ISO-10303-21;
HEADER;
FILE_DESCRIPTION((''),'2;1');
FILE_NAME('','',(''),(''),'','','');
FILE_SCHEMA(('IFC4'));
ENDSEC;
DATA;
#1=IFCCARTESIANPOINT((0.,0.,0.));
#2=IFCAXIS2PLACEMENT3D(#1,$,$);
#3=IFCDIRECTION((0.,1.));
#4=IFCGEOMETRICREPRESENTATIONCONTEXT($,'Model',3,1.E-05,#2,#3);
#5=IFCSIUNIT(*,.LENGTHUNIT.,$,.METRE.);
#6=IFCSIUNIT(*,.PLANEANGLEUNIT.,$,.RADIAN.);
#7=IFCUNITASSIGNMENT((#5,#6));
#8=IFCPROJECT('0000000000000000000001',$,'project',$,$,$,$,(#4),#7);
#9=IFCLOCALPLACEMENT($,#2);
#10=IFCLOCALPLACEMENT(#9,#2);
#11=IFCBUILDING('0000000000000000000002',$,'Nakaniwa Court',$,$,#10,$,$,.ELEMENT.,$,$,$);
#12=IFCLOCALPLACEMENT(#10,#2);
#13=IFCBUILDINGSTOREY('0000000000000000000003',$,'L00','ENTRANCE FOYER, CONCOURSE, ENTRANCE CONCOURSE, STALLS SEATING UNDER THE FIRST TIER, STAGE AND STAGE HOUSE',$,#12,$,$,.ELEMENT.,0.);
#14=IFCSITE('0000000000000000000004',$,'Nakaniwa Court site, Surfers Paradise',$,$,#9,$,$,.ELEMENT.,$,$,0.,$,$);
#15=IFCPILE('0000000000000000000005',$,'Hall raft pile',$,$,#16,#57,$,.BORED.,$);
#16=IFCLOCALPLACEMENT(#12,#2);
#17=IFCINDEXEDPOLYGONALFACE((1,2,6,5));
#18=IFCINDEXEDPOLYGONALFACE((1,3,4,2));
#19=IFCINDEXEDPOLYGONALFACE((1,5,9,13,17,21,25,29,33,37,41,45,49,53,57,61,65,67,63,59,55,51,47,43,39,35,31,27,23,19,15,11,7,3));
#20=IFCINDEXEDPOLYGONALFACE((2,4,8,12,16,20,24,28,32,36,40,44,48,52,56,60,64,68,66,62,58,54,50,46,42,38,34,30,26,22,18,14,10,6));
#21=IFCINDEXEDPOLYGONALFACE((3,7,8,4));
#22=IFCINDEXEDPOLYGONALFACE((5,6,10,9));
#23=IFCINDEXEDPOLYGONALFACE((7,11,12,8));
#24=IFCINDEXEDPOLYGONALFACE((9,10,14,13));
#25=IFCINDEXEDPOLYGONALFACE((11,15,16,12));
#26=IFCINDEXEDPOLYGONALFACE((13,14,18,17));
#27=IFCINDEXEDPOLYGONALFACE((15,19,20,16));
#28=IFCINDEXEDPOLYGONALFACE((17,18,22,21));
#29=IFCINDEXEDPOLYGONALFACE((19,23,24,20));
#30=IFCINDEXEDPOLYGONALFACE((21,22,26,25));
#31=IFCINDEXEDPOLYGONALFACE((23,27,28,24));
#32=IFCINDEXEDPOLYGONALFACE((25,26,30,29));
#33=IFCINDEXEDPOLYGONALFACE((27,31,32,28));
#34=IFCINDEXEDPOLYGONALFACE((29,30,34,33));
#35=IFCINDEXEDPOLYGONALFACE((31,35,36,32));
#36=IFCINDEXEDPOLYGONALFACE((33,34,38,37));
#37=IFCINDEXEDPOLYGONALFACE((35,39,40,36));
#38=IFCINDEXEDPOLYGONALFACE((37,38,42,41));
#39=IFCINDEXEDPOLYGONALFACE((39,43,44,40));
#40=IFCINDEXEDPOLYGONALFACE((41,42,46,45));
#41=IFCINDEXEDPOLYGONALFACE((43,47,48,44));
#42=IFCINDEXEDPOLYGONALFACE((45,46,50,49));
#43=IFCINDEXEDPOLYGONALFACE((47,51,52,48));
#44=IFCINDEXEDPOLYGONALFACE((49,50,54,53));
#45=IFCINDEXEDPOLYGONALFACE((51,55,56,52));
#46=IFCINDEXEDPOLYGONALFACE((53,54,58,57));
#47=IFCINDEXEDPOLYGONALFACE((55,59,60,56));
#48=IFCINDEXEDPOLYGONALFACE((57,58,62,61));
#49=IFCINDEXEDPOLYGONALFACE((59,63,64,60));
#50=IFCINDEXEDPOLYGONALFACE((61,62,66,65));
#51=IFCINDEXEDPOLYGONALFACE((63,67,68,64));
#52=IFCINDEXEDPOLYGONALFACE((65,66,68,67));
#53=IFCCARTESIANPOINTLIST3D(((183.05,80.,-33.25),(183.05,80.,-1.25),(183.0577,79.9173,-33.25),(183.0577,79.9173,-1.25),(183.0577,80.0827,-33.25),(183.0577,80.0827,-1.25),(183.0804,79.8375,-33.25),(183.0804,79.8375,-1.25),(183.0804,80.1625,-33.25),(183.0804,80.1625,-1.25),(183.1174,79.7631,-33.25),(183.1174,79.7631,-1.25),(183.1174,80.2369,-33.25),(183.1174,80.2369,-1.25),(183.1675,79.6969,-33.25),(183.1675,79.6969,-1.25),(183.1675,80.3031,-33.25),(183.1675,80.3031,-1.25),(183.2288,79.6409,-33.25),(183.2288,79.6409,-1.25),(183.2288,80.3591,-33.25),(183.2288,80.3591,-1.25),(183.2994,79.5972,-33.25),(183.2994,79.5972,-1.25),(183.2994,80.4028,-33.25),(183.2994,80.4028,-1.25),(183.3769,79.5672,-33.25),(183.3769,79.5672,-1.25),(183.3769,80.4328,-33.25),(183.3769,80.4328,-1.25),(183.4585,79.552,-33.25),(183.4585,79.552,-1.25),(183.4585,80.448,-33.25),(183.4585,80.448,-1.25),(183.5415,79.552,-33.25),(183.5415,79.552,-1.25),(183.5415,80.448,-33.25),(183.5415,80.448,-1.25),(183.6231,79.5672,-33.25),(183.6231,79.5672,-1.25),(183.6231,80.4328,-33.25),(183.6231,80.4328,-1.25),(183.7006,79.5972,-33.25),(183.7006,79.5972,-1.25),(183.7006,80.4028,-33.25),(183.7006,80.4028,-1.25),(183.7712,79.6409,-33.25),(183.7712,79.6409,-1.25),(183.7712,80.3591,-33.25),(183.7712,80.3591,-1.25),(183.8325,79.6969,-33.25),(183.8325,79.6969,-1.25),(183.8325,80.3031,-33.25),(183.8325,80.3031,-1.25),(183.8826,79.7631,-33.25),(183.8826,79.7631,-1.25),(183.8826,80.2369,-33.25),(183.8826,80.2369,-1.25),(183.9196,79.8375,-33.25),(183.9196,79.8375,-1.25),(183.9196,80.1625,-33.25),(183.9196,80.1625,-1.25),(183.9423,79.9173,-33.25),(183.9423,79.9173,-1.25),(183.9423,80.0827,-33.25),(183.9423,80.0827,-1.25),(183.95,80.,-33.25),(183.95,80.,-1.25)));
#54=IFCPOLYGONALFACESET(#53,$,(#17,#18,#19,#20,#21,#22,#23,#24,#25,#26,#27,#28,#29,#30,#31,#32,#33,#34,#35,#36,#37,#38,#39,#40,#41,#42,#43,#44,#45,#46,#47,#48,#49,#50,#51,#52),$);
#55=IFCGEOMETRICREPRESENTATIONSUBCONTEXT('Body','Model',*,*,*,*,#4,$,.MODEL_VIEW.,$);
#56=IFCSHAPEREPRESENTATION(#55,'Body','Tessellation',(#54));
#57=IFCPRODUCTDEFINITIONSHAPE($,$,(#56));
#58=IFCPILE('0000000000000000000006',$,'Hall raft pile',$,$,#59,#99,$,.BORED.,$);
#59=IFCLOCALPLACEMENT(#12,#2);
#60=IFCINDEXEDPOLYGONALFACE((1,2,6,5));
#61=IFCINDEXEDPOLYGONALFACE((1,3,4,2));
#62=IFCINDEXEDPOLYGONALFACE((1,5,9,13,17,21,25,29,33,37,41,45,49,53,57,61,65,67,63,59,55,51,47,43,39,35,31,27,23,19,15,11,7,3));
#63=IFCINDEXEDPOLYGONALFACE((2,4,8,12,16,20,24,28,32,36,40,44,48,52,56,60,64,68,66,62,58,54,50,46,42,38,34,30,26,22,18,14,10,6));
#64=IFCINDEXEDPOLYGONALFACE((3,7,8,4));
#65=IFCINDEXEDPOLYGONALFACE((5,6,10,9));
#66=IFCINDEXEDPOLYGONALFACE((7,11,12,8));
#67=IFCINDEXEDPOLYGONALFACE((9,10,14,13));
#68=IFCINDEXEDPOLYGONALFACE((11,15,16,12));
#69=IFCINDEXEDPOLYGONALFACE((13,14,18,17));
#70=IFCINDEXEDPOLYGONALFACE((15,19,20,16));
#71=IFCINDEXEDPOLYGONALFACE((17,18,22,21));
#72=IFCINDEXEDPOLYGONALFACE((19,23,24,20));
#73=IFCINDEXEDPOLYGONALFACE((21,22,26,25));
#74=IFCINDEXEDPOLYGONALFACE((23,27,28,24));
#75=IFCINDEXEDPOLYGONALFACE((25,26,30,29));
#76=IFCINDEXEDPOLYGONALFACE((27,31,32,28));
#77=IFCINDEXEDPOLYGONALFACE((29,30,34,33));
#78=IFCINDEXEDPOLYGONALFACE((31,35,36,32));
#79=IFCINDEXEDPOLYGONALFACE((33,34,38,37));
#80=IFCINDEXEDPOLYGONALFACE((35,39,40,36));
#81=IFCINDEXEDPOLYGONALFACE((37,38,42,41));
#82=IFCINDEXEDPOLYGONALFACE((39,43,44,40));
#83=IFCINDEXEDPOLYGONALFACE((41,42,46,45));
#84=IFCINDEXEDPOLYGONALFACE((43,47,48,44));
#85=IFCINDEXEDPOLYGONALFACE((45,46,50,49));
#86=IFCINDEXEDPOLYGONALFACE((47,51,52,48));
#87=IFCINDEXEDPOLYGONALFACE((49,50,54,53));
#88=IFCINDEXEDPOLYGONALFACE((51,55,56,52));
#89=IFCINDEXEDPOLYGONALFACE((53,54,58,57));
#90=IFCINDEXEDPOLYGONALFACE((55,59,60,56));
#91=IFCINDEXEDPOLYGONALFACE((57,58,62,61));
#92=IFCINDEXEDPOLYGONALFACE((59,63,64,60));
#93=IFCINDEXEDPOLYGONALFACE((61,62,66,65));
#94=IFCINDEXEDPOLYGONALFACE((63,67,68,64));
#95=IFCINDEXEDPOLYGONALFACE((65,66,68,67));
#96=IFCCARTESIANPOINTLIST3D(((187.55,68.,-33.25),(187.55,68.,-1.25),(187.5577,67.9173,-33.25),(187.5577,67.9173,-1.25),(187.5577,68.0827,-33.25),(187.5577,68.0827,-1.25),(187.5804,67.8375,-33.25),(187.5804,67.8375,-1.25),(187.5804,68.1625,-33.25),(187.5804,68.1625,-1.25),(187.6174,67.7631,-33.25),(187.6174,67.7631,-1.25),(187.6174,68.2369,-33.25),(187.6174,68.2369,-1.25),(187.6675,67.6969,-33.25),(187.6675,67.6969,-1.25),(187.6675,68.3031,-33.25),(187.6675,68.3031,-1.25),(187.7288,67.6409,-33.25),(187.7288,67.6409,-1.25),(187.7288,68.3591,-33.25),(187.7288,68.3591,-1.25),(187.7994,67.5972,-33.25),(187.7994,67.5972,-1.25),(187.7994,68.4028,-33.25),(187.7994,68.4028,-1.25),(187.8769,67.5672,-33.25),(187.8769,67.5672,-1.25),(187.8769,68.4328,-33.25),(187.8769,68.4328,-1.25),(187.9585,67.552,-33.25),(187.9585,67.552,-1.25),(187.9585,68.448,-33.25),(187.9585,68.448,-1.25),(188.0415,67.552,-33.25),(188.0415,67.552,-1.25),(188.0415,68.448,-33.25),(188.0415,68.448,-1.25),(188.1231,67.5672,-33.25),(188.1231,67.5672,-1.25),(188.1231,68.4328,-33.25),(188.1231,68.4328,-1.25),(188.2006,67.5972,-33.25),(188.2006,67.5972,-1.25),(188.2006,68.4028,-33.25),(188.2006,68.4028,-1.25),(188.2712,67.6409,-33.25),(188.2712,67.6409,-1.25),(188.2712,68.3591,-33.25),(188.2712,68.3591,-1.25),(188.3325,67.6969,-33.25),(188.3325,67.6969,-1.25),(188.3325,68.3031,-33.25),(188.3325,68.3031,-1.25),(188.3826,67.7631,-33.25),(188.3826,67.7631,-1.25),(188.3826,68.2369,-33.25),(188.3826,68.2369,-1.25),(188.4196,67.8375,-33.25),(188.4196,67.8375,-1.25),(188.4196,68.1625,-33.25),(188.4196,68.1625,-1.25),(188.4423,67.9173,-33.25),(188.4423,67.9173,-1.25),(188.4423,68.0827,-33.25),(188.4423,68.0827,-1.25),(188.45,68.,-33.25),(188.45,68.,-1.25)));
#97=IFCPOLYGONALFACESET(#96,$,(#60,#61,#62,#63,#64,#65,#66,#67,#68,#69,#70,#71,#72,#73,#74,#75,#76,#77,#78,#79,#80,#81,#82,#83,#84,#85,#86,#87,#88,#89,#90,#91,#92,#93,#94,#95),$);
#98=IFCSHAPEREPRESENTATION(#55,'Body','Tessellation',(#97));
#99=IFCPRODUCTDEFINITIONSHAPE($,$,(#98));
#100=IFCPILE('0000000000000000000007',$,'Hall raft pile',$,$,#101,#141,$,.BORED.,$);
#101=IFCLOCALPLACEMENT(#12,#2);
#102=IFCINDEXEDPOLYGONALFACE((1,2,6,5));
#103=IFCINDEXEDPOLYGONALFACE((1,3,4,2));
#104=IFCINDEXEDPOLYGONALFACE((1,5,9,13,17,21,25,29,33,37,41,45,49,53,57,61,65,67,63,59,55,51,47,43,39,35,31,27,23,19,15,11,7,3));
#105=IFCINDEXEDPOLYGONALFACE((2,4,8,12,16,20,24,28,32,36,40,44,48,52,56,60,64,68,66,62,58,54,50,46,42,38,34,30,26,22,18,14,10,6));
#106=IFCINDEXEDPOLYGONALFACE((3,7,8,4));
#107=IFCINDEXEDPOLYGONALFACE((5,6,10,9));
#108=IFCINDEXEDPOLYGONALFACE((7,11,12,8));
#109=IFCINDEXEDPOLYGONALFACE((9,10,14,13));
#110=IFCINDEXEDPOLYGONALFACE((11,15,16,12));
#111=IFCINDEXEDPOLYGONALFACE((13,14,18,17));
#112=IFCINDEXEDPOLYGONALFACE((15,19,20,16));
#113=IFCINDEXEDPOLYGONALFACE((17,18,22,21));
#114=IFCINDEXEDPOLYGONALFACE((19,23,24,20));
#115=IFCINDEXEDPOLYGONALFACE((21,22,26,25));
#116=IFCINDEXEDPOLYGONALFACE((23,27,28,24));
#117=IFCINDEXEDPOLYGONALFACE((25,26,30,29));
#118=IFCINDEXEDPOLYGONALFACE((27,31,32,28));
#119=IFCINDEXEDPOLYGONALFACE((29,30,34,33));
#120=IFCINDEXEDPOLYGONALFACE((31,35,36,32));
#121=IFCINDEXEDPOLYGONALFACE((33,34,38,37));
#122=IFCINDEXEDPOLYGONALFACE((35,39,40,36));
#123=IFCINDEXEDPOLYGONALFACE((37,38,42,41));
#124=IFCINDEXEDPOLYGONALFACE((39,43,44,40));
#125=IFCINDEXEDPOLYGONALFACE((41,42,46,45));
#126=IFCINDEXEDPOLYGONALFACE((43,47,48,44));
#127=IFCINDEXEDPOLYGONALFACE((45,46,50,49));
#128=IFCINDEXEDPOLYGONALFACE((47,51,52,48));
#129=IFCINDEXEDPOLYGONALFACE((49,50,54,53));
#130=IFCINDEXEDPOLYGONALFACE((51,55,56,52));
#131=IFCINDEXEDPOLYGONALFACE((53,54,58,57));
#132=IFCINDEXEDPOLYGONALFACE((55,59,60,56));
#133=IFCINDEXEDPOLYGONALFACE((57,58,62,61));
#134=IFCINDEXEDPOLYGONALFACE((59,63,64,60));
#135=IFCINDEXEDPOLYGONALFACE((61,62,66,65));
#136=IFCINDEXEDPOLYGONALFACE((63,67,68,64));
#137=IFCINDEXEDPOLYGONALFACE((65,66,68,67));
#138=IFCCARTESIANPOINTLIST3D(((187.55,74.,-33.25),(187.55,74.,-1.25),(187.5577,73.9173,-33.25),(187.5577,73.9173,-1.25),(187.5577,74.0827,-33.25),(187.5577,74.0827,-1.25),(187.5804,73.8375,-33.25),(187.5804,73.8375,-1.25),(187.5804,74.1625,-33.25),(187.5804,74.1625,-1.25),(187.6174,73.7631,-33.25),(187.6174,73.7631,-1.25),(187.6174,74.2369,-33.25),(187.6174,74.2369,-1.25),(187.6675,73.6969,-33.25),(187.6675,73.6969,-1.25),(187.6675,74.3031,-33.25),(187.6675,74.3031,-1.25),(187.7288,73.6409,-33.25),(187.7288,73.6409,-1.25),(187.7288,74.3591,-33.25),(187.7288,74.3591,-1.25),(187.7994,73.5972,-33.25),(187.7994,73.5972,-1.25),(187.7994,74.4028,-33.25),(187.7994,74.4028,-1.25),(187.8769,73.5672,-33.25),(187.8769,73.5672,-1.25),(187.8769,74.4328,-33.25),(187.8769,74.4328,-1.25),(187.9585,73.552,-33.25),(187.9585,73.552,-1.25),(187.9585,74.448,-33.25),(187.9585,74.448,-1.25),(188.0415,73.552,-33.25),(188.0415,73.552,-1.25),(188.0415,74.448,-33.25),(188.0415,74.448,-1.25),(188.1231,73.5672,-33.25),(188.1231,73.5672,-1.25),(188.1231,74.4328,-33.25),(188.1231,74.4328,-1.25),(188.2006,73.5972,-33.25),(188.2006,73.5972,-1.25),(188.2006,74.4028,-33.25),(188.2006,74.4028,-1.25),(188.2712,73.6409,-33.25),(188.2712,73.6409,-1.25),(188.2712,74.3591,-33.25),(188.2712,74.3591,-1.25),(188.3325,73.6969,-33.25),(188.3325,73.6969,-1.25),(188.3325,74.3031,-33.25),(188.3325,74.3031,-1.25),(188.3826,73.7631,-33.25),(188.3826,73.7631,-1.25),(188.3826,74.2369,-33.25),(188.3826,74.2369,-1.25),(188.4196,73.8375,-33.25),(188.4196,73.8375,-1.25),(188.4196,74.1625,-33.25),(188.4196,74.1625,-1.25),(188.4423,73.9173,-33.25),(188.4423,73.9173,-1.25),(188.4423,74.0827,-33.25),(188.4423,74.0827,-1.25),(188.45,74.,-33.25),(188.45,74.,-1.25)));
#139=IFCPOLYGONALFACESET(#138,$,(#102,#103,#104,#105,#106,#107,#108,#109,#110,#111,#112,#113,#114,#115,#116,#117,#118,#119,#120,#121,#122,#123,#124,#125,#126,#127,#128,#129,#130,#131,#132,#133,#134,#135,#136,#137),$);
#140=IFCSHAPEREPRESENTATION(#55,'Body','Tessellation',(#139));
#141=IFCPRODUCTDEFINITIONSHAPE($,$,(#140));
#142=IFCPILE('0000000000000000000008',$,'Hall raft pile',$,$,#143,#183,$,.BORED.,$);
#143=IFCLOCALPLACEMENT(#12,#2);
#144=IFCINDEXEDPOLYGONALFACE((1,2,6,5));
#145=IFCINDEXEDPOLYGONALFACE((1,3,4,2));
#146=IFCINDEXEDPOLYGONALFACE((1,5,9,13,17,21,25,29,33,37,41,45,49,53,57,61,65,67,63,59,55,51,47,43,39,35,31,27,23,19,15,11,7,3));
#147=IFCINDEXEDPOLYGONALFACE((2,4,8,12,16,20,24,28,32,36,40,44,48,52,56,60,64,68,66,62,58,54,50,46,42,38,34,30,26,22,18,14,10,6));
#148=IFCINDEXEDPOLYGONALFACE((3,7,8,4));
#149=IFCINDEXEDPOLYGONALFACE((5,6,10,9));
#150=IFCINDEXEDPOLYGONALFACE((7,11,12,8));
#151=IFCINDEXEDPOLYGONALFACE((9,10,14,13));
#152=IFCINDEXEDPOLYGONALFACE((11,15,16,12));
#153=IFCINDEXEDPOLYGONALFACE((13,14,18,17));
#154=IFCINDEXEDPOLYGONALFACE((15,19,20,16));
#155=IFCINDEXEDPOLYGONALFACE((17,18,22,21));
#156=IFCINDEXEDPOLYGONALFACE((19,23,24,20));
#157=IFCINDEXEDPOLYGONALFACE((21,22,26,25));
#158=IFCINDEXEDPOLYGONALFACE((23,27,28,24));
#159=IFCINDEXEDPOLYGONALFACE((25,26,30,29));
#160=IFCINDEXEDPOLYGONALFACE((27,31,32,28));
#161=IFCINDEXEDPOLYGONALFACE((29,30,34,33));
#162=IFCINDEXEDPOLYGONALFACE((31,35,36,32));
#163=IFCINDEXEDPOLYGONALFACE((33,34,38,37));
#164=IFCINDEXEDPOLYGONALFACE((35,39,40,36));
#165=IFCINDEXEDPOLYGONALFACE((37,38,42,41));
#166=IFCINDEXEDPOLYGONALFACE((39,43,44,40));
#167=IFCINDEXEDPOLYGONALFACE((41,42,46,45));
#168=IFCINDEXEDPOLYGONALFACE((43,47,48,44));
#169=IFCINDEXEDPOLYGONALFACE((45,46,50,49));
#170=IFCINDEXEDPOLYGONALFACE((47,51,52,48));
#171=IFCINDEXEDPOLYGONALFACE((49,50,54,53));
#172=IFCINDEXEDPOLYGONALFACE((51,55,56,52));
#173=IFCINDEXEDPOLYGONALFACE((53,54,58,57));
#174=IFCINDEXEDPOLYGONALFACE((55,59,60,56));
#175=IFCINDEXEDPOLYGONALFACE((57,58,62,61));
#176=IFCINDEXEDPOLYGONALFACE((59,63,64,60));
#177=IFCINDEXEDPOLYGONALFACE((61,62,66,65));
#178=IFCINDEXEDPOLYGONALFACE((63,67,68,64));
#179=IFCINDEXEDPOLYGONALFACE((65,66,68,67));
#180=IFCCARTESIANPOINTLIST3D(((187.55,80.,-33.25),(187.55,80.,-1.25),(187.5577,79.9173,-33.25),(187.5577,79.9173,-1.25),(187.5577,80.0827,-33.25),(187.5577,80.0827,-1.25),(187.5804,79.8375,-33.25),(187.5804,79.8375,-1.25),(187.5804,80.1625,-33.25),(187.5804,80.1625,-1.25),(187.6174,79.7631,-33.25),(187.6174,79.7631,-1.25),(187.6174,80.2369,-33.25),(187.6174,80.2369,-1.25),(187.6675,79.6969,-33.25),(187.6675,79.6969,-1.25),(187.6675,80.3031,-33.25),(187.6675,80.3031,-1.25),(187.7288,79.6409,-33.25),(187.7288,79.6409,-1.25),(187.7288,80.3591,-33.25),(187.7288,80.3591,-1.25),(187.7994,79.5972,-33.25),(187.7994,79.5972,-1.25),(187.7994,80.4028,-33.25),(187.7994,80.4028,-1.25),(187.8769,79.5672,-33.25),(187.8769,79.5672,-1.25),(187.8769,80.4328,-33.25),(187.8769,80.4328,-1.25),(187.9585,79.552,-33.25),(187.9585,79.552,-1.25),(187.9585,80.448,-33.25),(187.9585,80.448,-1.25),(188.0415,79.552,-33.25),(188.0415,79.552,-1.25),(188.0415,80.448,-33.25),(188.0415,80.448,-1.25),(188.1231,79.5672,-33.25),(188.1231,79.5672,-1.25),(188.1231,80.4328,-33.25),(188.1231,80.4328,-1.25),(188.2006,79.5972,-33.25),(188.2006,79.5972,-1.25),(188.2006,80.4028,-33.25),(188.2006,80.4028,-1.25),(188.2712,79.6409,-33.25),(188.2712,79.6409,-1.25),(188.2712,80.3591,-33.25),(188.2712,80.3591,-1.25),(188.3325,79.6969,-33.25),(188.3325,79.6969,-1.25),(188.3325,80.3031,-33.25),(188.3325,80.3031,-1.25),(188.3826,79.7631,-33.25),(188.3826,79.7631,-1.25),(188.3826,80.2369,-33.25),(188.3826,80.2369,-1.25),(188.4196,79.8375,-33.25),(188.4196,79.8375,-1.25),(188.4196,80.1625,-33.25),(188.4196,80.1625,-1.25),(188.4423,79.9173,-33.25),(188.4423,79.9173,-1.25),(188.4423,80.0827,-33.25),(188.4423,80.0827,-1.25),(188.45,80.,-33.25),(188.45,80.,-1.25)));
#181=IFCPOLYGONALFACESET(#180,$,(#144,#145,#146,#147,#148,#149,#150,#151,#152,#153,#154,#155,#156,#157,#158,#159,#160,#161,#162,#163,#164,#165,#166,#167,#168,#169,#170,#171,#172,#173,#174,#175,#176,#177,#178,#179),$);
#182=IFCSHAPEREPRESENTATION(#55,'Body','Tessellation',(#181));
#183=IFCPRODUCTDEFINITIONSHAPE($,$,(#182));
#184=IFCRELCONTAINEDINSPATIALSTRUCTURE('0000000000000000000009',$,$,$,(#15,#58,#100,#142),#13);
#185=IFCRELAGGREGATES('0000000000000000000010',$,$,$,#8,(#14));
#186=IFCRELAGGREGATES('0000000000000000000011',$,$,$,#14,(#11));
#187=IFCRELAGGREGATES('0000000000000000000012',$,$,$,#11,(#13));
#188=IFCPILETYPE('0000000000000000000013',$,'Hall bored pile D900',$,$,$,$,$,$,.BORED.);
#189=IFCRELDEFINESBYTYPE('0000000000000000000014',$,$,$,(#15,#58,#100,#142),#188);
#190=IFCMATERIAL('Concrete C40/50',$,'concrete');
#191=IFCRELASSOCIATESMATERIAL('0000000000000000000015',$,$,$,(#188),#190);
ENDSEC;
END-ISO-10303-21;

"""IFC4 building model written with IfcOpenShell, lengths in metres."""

from ifc_helpers import new_model, si_unit, direction, frame, origin, origin_2d, place, context, subcontext, project, spatial, circle, extrude, material, material_profile, profile_set, type_object, element, save


model = new_model("IFC4")

# Units and contexts
model_context = context("Model", 3, precision=1e-05, world=origin(), true_north=direction((0.0, 1.0)))
body_context = subcontext(model_context, "Body", "Model", "MODEL_VIEW")
ifc_project = project(units=[si_unit("LENGTHUNIT", "METRE"), si_unit("PLANEANGLEUNIT", "RADIAN")], contexts=[model_context])

# Site, building, storey
site_placement = place(None, origin())
site = spatial("IfcSite", under=ifc_project, at=site_placement, Name="Nakaniwa Court site, Surfers Paradise", CompositionType="ELEMENT", RefElevation=0.0)
building_placement = place(site_placement, origin())
building = spatial("IfcBuilding", under=site, at=building_placement, Name="Nakaniwa Court", CompositionType="ELEMENT")
storey_placement = place(building_placement, origin())
storey = spatial("IfcBuildingStorey", under=building, at=storey_placement, Name="L00", Description="ENTRANCE FOYER, CONCOURSE, ENTRANCE CONCOURSE, STALLS SEATING UNDER THE FIRST TIER, STAGE AND STAGE HOUSE", CompositionType="ELEMENT", Elevation=0.0)

# Piles
ifc_material_1 = material(Name="Concrete C40/50", Category="concrete")
ifc_material_profile = material_profile(ifc_material_1, circle(Radius=0.45, at=origin_2d()), Name="Bored pile D900")
ifc_profile_set = profile_set([ifc_material_profile], Name="Concrete C40/50")
pile_type = type_object("IfcPileType", Name="Hall bored pile D900", PredefinedType="BORED", material=ifc_profile_set)
for number, where, z_axis, x_axis, name in (
    (1, (183.5, 80.0, -1.25), (0.0, 0.0, -1.0), (1.0, 0.0, 0.0), "Hall raft pile"),
    (2, (188.0, 68.0, -1.25), (0.0, 0.0, -1.0), (1.0, 0.0, 0.0), "Hall raft pile"),
    (3, (188.0, 74.0, -1.25), (0.0, 0.0, -1.0), (1.0, 0.0, 0.0), "Hall raft pile"),
    (4, (188.0, 80.0, -1.25), (0.0, 0.0, -1.0), (1.0, 0.0, 0.0), "Hall raft pile"),
):
    element("IfcPile", number, at=place(storey_placement, frame(where, z_axis=z_axis, x_axis=x_axis)), inside=storey, type_object=pile_type, Name=name, PredefinedType="BORED", context=body_context, shape_type="SweptSolid", body=[
        extrude(circle(Radius=0.45, at=origin_2d()), origin(), (0.0, 0.0, 1.0), 32.0),
    ])

save(model, "model.ifc")
